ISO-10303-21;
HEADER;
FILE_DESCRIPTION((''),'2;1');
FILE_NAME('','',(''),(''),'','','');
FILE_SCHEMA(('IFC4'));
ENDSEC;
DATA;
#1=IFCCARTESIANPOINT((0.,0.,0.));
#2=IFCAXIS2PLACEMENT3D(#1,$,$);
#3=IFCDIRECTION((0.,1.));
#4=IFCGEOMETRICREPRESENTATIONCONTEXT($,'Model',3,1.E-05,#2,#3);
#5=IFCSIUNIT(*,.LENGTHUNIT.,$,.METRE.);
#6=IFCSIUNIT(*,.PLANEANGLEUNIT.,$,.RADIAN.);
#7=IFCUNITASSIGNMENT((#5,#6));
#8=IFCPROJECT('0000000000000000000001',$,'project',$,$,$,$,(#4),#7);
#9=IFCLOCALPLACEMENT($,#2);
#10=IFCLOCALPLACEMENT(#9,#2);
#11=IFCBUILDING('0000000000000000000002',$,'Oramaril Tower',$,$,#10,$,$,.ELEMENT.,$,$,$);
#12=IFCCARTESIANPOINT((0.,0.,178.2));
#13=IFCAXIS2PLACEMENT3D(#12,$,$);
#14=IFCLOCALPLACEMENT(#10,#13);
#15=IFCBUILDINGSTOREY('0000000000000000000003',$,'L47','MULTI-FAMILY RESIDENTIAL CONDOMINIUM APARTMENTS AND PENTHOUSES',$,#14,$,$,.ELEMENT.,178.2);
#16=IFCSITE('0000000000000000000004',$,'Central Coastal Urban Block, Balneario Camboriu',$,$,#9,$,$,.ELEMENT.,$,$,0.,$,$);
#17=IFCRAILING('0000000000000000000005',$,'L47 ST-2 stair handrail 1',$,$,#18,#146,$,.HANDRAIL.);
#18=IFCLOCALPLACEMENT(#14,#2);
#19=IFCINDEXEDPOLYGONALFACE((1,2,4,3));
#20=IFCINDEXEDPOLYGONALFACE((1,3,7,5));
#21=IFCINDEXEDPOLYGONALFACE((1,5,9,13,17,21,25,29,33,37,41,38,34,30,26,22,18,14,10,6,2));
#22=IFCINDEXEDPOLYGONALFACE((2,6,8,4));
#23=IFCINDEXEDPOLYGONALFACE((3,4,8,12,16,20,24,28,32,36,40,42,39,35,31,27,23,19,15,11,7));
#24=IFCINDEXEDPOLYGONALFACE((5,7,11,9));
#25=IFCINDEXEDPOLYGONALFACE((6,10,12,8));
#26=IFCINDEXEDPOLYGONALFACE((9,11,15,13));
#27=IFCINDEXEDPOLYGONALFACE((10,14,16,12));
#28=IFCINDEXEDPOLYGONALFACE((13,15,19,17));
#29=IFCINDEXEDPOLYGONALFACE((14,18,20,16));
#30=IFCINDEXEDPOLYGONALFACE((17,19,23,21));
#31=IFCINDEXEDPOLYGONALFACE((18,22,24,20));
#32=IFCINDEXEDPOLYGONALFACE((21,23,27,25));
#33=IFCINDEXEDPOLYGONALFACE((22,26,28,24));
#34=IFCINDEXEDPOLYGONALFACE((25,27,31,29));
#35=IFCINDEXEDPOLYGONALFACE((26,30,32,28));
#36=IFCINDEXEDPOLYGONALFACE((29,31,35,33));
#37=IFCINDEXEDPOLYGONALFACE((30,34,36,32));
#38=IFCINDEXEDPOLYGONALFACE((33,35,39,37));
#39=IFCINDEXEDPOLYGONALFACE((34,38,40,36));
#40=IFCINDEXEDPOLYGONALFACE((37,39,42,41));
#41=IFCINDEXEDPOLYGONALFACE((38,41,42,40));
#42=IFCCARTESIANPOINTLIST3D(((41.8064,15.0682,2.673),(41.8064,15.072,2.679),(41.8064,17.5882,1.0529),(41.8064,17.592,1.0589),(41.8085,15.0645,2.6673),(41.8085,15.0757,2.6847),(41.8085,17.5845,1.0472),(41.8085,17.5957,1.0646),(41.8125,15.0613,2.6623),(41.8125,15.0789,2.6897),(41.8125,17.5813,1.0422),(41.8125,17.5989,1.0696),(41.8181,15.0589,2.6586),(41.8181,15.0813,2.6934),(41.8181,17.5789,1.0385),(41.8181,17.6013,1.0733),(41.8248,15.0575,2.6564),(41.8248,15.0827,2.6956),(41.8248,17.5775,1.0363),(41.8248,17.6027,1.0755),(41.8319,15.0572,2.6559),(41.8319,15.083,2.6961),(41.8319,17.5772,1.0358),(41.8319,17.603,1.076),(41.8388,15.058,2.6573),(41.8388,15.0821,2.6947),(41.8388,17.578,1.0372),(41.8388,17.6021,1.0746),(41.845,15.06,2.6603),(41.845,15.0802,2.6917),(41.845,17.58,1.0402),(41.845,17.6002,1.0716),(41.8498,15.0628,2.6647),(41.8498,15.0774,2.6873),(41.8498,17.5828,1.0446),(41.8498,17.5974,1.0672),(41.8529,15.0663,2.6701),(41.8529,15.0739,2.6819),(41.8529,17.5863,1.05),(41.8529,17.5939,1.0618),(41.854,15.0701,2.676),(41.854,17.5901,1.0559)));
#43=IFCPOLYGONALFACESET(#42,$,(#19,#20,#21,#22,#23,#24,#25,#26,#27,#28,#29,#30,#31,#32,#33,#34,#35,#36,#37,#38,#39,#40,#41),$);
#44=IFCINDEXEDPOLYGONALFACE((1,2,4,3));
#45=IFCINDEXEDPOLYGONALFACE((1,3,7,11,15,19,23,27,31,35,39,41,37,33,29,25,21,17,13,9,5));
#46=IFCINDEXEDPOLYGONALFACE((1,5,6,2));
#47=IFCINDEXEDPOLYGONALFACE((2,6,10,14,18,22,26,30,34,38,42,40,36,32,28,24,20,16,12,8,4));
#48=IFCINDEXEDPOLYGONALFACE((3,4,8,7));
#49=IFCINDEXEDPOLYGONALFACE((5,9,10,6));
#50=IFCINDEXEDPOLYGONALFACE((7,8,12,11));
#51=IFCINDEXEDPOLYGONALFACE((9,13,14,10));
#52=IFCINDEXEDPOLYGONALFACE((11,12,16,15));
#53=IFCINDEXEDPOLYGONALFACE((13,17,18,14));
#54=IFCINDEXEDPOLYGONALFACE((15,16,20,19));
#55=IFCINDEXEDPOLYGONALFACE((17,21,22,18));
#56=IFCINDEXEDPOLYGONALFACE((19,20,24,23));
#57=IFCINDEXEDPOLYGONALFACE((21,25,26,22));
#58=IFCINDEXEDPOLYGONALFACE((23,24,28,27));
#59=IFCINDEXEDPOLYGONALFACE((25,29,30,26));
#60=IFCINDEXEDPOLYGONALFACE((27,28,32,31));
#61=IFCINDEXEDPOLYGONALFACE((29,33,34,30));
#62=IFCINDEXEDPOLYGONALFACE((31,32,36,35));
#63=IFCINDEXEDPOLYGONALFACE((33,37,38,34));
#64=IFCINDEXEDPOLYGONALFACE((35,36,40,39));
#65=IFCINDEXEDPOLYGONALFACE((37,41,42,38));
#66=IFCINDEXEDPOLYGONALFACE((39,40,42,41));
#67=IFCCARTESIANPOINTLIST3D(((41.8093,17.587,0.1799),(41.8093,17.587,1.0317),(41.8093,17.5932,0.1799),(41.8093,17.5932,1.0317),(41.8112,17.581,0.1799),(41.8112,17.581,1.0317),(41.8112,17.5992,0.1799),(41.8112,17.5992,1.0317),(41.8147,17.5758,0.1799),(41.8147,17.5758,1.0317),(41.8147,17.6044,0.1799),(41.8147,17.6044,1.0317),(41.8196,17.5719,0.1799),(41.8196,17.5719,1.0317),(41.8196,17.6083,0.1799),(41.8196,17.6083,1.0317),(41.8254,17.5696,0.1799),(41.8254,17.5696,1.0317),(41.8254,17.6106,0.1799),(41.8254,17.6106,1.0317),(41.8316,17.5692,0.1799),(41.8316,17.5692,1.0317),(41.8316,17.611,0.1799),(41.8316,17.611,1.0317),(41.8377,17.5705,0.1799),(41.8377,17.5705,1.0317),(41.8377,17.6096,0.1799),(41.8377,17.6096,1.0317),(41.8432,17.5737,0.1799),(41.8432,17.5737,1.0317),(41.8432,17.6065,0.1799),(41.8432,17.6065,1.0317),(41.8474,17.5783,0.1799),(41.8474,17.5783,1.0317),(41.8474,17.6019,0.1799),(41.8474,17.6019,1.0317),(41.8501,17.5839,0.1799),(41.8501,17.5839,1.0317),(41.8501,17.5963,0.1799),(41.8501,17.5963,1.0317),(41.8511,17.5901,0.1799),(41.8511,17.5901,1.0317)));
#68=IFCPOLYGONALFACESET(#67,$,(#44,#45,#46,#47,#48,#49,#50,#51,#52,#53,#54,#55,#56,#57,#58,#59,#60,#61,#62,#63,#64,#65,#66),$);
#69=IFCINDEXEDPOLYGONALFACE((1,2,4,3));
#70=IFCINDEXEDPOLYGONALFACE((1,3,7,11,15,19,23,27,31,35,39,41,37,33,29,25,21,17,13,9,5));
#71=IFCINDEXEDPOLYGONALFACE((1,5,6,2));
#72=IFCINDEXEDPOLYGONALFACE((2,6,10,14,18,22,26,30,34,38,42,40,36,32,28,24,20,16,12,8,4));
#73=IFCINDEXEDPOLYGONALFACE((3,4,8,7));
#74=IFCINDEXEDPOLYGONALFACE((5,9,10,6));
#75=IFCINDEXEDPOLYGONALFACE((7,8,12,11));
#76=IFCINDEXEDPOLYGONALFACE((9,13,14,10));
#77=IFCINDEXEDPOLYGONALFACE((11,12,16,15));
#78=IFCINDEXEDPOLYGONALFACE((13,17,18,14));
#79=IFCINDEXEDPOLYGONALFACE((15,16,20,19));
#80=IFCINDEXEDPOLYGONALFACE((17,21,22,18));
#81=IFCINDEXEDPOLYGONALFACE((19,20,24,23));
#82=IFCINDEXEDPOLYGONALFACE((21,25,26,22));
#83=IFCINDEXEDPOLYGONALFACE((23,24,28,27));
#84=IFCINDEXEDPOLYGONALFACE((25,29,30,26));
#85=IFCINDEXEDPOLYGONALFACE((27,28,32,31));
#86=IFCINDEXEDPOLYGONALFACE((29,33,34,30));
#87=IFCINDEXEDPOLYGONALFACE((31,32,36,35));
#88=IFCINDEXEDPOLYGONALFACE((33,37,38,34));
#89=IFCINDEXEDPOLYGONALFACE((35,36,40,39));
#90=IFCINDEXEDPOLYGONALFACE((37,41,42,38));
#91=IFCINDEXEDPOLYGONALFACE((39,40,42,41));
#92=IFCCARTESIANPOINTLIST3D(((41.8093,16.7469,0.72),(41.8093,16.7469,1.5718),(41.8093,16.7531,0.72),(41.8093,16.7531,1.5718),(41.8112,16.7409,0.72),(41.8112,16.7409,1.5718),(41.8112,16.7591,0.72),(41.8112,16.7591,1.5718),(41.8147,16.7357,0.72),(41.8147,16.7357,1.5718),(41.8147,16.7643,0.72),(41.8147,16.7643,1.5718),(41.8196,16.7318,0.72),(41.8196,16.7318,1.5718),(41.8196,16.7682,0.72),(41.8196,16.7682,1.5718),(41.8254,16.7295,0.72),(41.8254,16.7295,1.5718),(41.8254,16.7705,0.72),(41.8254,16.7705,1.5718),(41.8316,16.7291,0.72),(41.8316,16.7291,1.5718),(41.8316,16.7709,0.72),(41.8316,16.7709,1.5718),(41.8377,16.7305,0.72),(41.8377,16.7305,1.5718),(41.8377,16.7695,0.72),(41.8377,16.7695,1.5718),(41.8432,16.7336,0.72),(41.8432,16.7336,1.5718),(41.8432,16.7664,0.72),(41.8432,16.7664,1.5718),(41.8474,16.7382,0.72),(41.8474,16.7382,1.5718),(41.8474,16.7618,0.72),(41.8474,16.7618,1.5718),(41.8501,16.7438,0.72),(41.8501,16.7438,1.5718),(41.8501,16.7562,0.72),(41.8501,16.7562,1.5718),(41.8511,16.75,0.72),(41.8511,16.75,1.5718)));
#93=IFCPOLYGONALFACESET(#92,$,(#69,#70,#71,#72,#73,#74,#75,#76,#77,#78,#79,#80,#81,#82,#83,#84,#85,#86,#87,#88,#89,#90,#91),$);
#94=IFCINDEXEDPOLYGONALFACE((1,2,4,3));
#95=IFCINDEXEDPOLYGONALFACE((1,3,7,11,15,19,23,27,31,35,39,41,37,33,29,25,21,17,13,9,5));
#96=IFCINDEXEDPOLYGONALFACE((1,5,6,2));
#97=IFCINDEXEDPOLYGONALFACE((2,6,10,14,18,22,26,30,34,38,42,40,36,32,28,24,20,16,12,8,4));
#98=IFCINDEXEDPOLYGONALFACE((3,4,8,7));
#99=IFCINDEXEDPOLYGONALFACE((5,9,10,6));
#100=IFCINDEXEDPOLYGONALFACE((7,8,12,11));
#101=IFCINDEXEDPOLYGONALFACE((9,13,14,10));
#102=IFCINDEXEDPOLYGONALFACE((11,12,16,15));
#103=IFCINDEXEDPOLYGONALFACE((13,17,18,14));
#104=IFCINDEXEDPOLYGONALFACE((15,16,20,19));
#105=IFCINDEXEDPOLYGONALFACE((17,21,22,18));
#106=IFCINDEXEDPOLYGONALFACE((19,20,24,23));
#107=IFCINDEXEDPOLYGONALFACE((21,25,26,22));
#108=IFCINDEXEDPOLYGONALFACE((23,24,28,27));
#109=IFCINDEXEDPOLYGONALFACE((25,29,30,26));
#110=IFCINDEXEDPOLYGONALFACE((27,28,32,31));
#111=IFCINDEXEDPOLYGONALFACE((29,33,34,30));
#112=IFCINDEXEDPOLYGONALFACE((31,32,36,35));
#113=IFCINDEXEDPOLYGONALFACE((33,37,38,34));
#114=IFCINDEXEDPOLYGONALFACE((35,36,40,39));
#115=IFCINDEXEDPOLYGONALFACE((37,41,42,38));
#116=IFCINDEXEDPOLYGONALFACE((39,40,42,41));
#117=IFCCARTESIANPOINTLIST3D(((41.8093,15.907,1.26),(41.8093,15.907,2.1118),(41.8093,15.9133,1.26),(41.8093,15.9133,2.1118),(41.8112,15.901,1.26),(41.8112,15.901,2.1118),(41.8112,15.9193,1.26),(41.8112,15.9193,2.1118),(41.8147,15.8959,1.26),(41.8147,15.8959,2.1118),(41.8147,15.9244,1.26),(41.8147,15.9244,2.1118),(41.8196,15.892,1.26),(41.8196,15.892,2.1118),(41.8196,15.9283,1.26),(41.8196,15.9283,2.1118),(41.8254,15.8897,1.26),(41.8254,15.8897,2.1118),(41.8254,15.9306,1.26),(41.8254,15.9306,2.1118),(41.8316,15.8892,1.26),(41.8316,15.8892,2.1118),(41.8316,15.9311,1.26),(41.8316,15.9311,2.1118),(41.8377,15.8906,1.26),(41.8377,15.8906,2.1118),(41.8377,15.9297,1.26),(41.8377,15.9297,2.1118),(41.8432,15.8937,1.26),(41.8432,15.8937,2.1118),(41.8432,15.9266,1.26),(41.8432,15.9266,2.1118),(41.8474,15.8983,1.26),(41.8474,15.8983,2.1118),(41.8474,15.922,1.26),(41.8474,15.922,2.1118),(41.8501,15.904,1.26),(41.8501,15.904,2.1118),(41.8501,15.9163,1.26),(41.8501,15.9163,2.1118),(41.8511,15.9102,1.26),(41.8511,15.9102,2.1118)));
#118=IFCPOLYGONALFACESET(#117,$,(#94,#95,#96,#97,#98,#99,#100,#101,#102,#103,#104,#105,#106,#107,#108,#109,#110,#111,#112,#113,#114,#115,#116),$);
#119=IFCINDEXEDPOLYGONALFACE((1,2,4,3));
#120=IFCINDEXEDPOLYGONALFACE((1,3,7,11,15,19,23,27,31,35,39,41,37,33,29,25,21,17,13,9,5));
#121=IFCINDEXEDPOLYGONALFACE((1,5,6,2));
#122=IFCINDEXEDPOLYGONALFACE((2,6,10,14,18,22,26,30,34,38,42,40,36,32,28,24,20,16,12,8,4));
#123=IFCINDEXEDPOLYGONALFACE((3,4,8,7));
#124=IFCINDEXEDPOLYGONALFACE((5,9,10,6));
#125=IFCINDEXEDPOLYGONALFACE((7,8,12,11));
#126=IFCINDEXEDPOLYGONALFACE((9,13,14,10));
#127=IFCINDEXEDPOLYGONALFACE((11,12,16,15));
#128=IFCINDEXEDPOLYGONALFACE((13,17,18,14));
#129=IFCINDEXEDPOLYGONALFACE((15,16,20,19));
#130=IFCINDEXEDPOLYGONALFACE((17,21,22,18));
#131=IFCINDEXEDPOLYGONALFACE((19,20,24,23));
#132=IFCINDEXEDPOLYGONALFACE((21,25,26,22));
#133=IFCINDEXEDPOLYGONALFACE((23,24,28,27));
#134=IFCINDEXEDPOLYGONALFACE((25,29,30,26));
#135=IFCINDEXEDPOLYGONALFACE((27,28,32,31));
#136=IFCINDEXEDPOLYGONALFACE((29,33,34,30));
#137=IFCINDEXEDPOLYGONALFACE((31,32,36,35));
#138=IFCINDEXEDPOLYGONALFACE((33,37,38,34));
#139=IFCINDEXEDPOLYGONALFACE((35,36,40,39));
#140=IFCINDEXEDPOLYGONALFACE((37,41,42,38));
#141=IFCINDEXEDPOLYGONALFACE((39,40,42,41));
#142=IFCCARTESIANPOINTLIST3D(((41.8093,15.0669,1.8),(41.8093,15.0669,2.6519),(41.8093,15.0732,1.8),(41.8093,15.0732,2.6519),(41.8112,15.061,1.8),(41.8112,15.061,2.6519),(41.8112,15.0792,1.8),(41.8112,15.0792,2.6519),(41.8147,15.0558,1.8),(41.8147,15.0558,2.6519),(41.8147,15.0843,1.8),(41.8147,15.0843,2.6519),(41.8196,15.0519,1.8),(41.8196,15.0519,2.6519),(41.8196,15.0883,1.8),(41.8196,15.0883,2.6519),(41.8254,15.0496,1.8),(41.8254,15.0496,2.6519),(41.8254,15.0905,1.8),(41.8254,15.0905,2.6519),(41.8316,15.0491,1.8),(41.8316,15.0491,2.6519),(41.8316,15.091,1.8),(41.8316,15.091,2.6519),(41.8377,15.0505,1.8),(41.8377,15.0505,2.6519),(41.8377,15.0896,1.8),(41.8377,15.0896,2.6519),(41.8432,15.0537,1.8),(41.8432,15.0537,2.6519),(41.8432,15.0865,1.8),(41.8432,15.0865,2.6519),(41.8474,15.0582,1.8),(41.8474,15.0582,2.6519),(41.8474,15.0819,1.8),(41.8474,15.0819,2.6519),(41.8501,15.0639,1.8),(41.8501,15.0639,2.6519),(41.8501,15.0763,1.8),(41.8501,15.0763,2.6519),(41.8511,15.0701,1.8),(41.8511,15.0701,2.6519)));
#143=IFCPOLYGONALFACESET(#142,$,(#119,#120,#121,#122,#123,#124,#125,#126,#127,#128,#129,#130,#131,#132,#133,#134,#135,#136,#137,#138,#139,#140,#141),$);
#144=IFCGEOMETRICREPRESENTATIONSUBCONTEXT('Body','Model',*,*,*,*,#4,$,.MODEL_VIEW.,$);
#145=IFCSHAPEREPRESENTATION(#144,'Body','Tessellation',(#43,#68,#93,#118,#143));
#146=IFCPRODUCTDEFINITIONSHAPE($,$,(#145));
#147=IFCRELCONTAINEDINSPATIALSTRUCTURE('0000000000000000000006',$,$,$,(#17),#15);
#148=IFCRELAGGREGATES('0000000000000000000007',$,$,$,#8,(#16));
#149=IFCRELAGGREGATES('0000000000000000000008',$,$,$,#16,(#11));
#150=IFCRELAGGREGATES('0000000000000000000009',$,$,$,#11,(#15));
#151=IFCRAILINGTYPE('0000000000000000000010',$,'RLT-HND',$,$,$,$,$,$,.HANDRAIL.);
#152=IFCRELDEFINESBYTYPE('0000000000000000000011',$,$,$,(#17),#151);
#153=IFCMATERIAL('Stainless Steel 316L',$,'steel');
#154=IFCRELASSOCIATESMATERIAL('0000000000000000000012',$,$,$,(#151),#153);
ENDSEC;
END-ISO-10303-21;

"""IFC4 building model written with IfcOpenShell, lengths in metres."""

from ifc_helpers import new_model, si_unit, direction, frame, origin, origin_2d, place, context, subcontext, project, spatial, circle, extrude, material, type_object, element, save


model = new_model("IFC4")

# Units and contexts
model_context = context("Model", 3, precision=1e-05, world=origin(), true_north=direction((0.0, 1.0)))
body_context = subcontext(model_context, "Body", "Model", "MODEL_VIEW")
ifc_project = project(units=[si_unit("LENGTHUNIT", "METRE"), si_unit("PLANEANGLEUNIT", "RADIAN")], contexts=[model_context])

# Site, building, storey
site_placement = place(None, origin())
site = spatial("IfcSite", under=ifc_project, at=site_placement, Name="Central Coastal Urban Block, Balneario Camboriu", CompositionType="ELEMENT", RefElevation=0.0)
building_placement = place(site_placement, origin())
building = spatial("IfcBuilding", under=site, at=building_placement, Name="Oramaril Tower", CompositionType="ELEMENT")
storey_placement = place(building_placement, frame((0.0, 0.0, 178.2)))
storey = spatial("IfcBuildingStorey", under=building, at=storey_placement, Name="L47", Description="MULTI-FAMILY RESIDENTIAL CONDOMINIUM APARTMENTS AND PENTHOUSES", CompositionType="ELEMENT", Elevation=178.2)

# Railing
ifc_material_1 = material(Name="Stainless Steel 316L", Category="steel")
railing_type_1 = type_object("IfcRailingType", Name="RLT-HND", PredefinedType="HANDRAIL", material=ifc_material_1)
railing_1_placement = place(storey_placement, frame((41.8301, 17.5901, 0.1799)))
element("IfcRailing", 1, at=railing_1_placement, inside=storey, type_object=railing_type_1, Name="L47 ST-2 stair handrail 1", PredefinedType="HANDRAIL", context=body_context, shape_type="SweptSolid", body=[
    extrude(circle(Radius=0.0239, at=origin_2d()), frame((0.0, 0.0, 0.876), z_axis=(0.0, -0.841163, 0.540782), x_axis=(1.0, 0.0, 0.0)), (0.0, 0.0, 1.0), 2.9958),
    extrude(circle(Radius=0.021, at=origin_2d()), origin(), (0.0, 0.0, 1.0), 0.8518),
    extrude(circle(Radius=0.021, at=origin_2d()), frame((0.0, -0.8401, 0.54)), (0.0, 0.0, 1.0), 0.8518),
    extrude(circle(Radius=0.021, at=origin_2d()), frame((0.0, -1.6799, 1.0801)), (0.0, 0.0, 1.0), 0.8518),
    extrude(circle(Radius=0.021, at=origin_2d()), frame((0.0, -2.52, 1.6201)), (0.0, 0.0, 1.0), 0.8518),
])

save(model, "model.ifc")
